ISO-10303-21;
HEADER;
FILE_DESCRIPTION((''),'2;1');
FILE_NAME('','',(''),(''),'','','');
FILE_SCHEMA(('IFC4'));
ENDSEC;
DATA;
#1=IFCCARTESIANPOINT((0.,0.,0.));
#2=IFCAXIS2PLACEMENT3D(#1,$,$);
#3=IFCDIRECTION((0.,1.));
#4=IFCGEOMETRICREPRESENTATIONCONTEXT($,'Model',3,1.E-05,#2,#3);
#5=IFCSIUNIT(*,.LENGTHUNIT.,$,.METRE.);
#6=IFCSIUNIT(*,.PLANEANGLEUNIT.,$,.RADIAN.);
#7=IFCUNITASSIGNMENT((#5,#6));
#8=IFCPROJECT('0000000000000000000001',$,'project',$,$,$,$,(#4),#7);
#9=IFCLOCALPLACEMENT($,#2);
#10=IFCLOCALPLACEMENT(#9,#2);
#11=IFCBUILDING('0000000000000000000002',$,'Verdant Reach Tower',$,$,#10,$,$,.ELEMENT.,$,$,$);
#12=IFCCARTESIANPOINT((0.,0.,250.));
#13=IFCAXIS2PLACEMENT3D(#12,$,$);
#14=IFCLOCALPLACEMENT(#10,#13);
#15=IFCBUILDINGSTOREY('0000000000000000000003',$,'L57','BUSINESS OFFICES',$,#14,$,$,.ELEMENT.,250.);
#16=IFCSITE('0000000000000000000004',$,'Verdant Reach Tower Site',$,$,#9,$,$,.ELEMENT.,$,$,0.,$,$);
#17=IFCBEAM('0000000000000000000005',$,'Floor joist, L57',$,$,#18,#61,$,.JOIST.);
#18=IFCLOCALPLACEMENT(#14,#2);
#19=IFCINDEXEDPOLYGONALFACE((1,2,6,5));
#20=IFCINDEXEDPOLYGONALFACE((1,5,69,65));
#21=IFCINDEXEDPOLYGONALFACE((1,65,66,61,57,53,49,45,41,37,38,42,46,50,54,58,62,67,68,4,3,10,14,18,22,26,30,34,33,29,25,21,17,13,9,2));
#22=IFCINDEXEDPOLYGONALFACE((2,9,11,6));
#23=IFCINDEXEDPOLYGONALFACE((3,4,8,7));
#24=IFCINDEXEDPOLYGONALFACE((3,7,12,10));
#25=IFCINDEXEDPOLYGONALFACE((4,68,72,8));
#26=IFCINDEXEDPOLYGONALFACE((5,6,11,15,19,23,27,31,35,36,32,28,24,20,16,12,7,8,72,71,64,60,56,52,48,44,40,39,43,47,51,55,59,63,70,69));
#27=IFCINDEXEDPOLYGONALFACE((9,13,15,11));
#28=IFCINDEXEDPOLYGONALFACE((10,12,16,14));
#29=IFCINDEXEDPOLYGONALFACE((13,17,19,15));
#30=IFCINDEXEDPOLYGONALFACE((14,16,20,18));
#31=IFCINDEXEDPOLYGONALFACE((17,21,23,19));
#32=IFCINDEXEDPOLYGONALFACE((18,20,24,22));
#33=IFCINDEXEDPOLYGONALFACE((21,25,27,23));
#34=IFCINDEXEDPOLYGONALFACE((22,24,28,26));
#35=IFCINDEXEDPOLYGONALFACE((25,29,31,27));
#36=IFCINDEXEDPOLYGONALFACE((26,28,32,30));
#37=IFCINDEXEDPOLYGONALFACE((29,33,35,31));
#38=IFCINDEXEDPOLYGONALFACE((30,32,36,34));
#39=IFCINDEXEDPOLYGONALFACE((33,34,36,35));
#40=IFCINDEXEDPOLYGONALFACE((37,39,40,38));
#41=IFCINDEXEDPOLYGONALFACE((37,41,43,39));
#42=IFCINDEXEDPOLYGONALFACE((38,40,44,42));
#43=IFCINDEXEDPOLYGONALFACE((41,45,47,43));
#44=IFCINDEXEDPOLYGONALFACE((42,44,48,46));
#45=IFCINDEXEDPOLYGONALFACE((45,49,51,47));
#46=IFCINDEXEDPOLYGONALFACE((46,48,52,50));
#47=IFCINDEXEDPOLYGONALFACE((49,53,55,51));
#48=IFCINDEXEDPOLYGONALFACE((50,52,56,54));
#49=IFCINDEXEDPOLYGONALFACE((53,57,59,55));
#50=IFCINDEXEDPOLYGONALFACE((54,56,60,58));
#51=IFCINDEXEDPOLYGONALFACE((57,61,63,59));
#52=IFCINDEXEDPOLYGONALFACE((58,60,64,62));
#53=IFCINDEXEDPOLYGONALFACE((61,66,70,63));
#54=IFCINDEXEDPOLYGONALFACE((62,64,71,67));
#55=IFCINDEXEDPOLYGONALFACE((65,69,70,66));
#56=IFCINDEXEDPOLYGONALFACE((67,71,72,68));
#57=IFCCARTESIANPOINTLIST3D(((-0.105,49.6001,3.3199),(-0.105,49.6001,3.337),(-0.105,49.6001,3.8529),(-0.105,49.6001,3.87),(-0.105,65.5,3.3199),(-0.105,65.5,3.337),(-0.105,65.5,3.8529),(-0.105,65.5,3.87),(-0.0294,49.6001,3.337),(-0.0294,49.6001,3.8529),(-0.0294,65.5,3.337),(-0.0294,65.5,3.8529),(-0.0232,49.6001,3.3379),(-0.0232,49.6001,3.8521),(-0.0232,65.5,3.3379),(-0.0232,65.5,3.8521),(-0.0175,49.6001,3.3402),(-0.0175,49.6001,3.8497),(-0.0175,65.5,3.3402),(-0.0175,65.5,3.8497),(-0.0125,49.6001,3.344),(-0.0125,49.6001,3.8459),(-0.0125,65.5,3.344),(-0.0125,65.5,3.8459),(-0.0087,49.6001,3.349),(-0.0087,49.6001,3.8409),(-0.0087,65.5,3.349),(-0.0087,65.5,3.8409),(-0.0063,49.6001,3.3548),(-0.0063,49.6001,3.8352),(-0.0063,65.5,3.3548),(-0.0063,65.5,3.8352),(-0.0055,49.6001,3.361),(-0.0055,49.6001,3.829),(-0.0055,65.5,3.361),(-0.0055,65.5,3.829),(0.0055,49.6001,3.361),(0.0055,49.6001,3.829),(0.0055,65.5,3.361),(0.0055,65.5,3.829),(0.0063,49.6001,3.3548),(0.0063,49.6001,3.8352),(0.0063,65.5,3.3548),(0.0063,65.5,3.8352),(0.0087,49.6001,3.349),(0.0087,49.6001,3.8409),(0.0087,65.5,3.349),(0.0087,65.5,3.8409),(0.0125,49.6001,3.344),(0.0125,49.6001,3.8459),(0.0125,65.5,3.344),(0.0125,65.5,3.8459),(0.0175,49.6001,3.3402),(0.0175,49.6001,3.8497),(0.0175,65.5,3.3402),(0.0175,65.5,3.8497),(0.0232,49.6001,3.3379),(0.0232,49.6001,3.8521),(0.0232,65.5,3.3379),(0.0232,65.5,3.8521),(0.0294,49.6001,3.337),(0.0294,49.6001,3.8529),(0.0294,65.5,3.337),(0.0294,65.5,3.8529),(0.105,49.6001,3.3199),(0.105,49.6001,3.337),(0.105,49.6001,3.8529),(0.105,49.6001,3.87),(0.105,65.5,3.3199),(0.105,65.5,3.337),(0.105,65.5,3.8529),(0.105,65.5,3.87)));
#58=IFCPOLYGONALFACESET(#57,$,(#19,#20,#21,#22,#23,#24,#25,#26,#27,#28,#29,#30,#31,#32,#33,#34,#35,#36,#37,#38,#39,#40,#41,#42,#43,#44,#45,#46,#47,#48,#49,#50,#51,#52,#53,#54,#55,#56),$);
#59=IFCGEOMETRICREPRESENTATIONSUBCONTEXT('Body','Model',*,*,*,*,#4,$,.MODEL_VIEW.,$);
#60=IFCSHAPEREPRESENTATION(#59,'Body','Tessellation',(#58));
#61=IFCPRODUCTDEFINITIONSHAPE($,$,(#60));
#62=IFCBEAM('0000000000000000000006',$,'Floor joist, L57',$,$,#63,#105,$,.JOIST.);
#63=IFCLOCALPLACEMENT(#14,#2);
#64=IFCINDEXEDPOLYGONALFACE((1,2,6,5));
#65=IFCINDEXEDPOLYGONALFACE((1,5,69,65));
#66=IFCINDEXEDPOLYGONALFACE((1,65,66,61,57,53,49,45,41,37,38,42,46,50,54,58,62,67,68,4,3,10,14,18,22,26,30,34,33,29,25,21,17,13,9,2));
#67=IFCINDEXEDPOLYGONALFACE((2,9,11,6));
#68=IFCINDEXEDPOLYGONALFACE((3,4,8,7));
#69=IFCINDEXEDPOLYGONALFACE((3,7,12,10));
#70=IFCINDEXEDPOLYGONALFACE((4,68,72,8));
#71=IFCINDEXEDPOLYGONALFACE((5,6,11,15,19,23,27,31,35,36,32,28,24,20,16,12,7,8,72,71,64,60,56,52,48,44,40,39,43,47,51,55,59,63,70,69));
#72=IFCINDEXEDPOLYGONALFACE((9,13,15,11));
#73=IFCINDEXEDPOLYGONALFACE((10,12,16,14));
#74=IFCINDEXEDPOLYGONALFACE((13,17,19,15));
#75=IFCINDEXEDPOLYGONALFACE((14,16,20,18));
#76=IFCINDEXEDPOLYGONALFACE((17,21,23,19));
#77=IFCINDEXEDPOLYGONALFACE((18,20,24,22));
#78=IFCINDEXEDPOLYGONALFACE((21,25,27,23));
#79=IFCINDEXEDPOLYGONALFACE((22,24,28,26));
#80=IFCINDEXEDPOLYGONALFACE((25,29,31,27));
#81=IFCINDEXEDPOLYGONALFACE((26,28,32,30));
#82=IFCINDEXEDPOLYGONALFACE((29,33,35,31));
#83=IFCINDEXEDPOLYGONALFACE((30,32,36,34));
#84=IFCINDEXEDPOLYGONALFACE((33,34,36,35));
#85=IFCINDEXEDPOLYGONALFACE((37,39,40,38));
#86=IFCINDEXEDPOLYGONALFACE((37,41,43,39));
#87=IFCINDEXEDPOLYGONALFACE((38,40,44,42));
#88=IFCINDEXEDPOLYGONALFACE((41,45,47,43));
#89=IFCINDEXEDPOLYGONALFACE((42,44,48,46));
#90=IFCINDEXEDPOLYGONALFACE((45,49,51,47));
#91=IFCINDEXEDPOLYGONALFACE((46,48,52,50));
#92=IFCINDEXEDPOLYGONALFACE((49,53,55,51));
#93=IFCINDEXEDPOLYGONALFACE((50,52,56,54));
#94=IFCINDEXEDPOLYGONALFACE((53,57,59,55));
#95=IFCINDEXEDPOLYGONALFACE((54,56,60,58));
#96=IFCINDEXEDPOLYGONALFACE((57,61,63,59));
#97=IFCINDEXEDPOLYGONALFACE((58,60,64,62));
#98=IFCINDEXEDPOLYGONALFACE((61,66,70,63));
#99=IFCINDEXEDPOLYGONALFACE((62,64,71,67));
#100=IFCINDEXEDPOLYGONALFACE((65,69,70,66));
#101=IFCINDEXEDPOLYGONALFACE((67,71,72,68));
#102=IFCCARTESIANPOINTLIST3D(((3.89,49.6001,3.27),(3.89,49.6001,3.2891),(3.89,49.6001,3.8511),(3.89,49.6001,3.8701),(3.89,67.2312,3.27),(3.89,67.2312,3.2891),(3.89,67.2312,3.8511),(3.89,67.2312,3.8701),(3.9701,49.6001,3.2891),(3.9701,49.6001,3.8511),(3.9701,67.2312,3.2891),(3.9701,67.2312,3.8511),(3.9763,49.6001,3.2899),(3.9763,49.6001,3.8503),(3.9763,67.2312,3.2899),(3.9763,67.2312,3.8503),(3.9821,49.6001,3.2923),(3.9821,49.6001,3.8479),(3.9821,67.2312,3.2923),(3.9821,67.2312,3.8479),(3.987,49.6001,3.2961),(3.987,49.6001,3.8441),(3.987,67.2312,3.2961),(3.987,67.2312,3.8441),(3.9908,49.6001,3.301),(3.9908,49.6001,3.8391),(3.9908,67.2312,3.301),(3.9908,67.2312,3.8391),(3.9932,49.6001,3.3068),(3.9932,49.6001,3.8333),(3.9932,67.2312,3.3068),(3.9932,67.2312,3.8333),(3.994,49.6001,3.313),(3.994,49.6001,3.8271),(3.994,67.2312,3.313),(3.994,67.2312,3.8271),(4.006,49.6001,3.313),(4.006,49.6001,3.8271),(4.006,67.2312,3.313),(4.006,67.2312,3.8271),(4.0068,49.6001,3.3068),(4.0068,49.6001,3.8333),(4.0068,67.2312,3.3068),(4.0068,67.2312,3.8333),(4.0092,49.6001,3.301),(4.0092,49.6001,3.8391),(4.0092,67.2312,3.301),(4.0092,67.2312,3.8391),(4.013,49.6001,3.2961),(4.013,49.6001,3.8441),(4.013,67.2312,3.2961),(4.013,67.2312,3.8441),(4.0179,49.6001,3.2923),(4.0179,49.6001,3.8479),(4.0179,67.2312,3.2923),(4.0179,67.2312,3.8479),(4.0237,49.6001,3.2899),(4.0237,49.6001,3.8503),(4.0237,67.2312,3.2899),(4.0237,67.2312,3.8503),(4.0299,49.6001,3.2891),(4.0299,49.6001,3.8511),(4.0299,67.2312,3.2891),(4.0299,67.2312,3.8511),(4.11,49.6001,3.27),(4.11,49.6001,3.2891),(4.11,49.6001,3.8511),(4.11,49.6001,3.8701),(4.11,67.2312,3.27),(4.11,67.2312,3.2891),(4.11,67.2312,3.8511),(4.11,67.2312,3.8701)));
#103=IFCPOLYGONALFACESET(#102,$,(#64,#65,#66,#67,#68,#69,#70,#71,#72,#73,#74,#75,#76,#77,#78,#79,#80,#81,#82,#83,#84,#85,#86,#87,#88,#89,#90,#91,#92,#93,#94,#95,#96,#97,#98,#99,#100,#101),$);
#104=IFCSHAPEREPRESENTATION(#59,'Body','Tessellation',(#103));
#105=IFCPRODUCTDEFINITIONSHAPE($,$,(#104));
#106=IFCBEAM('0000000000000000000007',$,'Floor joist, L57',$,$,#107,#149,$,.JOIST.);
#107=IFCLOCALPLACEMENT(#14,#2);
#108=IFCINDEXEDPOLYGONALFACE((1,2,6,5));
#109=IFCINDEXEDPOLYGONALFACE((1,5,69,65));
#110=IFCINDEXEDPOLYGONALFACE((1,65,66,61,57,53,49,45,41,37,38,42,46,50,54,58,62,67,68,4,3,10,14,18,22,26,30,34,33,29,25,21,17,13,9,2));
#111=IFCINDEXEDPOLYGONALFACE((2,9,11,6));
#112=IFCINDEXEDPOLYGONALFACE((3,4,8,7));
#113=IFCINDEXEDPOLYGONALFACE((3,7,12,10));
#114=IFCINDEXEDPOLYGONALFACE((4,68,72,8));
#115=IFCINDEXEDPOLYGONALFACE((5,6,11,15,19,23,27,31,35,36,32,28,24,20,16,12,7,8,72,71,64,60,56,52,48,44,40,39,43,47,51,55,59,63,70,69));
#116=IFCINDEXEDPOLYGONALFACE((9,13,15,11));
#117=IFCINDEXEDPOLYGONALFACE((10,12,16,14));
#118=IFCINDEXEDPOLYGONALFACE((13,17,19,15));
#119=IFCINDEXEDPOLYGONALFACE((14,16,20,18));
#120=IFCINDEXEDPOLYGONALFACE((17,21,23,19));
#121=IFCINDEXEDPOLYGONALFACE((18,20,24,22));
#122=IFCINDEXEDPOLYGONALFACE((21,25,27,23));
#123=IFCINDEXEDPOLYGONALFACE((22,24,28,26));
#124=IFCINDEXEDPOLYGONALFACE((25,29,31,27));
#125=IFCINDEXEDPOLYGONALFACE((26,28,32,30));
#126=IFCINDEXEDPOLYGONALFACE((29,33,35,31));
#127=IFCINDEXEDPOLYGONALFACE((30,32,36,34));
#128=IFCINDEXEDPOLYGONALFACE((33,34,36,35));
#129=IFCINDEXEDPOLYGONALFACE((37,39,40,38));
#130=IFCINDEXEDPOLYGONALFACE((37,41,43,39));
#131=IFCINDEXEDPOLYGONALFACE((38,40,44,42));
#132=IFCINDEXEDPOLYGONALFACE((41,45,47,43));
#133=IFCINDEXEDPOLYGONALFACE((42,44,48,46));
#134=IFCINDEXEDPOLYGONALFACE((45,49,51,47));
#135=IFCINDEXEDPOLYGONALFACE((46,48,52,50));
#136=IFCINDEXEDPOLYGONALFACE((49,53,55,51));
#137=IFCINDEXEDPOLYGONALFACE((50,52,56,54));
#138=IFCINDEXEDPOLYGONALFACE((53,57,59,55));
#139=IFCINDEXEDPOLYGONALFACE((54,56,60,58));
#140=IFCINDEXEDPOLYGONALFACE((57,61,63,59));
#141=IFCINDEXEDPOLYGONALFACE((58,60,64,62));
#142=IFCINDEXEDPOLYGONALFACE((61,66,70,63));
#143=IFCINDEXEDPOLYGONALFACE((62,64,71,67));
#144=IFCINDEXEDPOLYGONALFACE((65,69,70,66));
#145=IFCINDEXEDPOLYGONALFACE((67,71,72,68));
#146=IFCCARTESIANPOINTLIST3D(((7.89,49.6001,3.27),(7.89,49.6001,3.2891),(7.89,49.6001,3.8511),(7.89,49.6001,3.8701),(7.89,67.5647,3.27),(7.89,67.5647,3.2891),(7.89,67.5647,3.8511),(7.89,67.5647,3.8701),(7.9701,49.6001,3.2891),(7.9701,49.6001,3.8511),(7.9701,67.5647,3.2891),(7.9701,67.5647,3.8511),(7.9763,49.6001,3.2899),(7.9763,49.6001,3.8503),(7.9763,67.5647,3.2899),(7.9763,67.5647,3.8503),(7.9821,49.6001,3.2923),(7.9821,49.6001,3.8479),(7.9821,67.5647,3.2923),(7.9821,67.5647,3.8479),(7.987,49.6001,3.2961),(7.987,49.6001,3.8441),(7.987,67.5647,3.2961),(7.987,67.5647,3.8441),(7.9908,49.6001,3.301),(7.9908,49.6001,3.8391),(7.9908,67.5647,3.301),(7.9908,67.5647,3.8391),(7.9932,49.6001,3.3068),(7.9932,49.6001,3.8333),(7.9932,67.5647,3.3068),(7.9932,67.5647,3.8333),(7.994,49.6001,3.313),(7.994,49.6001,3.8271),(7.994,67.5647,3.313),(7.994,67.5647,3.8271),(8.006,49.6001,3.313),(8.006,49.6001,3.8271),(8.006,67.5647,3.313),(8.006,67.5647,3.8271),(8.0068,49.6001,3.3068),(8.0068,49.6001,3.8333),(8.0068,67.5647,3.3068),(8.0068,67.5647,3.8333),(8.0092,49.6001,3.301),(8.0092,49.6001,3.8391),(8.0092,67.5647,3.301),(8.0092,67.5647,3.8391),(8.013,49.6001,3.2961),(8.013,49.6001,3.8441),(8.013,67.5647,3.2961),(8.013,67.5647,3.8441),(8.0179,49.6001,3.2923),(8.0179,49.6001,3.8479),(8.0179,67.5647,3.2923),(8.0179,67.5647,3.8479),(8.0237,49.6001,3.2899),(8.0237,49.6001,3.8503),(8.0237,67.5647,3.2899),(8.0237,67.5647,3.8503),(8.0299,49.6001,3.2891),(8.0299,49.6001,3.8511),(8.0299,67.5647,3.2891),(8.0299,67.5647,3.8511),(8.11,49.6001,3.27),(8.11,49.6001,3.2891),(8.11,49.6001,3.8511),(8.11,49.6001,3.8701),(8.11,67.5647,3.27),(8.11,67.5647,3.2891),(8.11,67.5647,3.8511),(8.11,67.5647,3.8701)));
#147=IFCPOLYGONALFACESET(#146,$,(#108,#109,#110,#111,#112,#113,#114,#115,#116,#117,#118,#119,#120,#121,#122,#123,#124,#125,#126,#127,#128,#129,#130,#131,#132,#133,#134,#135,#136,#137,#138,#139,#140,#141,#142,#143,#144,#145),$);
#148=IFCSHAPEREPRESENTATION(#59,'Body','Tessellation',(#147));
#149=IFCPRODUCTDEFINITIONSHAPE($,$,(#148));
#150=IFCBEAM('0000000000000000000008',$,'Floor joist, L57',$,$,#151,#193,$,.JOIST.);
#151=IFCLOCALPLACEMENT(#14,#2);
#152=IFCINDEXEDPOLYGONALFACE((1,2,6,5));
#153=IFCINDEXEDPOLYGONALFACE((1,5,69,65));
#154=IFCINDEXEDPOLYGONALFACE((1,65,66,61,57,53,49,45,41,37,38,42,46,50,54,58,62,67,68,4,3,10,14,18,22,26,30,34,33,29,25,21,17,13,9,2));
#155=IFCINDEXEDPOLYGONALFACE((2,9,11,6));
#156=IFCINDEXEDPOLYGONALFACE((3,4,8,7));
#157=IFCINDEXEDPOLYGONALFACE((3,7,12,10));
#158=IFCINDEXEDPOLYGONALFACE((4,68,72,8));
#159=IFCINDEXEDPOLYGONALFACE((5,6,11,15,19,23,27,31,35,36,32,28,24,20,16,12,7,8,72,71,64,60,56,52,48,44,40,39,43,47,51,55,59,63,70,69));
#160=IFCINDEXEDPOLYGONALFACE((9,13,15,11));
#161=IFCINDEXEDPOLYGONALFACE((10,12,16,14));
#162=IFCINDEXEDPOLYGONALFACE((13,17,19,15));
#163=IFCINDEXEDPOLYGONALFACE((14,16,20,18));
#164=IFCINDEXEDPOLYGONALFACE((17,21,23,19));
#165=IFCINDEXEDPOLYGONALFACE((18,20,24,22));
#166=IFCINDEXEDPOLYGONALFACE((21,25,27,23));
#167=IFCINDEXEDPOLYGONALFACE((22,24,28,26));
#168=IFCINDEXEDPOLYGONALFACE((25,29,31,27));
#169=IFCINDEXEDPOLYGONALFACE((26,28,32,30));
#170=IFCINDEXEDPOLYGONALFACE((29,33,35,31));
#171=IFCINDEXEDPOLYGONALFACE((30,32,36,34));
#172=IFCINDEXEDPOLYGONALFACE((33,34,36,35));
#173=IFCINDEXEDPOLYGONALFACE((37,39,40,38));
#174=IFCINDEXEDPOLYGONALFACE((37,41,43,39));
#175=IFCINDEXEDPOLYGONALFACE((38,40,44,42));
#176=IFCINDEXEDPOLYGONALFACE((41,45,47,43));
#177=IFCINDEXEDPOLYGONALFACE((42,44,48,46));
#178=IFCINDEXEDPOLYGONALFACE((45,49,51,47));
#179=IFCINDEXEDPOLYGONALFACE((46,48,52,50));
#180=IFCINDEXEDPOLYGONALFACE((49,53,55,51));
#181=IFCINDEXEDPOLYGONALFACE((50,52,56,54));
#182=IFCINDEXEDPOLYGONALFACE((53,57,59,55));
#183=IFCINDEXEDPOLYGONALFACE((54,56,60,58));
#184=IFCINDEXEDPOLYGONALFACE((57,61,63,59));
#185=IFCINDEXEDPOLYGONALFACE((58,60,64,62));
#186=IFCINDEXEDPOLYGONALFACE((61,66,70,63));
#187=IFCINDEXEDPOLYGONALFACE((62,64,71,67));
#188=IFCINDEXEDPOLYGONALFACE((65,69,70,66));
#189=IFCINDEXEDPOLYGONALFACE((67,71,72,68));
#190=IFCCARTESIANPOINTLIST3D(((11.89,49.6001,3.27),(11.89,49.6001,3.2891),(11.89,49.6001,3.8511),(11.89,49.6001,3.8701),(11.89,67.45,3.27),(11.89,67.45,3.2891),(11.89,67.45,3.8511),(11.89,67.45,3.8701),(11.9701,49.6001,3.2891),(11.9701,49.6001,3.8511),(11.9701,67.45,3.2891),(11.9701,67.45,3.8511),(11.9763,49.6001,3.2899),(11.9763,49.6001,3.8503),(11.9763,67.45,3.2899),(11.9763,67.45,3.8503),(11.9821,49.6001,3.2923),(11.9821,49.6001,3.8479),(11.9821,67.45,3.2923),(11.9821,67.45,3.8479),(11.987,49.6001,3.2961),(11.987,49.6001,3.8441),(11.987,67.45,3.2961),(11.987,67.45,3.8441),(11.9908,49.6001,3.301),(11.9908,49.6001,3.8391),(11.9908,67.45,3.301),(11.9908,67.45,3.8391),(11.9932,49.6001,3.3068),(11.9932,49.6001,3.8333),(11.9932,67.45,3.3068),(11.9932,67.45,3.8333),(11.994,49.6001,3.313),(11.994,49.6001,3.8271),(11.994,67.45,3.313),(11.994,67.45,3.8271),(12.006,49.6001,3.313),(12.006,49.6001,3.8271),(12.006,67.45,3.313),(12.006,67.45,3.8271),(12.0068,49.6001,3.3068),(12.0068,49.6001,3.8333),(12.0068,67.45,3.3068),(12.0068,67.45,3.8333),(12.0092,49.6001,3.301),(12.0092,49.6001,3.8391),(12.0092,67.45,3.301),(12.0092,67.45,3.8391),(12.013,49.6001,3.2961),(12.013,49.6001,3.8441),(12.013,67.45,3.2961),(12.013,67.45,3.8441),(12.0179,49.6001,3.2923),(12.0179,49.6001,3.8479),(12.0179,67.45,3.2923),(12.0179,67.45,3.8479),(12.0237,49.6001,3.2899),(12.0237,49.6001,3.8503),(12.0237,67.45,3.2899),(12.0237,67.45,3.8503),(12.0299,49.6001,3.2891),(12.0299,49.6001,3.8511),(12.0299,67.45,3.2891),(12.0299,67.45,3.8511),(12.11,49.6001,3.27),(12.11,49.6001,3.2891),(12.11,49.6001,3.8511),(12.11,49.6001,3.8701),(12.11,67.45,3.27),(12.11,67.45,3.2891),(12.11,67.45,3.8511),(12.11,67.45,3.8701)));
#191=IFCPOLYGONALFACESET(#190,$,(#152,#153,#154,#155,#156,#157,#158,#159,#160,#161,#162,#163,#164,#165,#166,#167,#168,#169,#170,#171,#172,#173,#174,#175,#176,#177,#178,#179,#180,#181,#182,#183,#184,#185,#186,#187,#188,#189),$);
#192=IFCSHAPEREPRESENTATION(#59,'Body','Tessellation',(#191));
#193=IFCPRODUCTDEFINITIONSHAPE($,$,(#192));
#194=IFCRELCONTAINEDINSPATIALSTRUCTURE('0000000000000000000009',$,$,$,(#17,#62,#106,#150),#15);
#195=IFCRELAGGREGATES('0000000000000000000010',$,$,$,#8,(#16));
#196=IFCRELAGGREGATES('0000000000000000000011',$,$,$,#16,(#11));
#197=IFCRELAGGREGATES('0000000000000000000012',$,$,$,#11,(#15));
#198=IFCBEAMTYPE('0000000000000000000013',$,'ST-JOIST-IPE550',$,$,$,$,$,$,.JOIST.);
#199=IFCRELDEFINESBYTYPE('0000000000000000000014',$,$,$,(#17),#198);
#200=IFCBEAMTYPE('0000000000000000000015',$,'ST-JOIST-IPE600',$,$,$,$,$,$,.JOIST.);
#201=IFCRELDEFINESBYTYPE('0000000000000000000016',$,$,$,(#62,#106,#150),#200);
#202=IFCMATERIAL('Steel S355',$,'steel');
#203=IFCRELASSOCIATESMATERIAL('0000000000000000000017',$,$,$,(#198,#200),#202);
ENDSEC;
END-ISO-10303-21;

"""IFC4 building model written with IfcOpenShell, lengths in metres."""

from ifc_helpers import new_model, si_unit, direction, frame, origin, origin_2d, place, context, subcontext, project, spatial, i_section, extrude, material, material_profile, profile_set, type_object, element, save


model = new_model("IFC4")

# Units and contexts
model_context = context("Model", 3, precision=1e-05, world=origin(), true_north=direction((0.0, 1.0)))
body_context = subcontext(model_context, "Body", "Model", "MODEL_VIEW")
ifc_project = project(units=[si_unit("LENGTHUNIT", "METRE"), si_unit("PLANEANGLEUNIT", "RADIAN")], contexts=[model_context])

# Site, building, storey
site_placement = place(None, origin())
site = spatial("IfcSite", under=ifc_project, at=site_placement, Name="Verdant Reach Tower Site", CompositionType="ELEMENT", RefElevation=0.0)
building_placement = place(site_placement, origin())
building = spatial("IfcBuilding", under=site, at=building_placement, Name="Verdant Reach Tower", CompositionType="ELEMENT")
storey_placement = place(building_placement, frame((0.0, 0.0, 250.0)))
storey = spatial("IfcBuildingStorey", under=building, at=storey_placement, Name="L57", Description="BUSINESS OFFICES", CompositionType="ELEMENT", Elevation=250.0)

# Beams
ifc_material_1 = material(Name="Steel S355", Category="steel")
ifc_material_profile_1 = material_profile(ifc_material_1, i_section(OverallWidth=0.21, OverallDepth=0.55, WebThickness=0.011, FlangeThickness=0.0171, FilletRadius=0.0239, at=origin_2d()), Name="IPE 550")
ifc_profile_set_1 = profile_set([ifc_material_profile_1], Name="Steel S355")
beam_type_1 = type_object("IfcBeamType", Name="ST-JOIST-IPE550", PredefinedType="JOIST", material=ifc_profile_set_1)
beam_1_placement = place(storey_placement, frame((0.0, 49.6001, 3.595), z_axis=(0.0, 1.0, 0.0), x_axis=(-1.0, 0.0, 0.0)))
element("IfcBeam", 1, at=beam_1_placement, inside=storey, type_object=beam_type_1, Name="Floor joist, L57", PredefinedType="JOIST", context=body_context, shape_type="SweptSolid", body=[
    extrude(i_section(OverallWidth=0.21, OverallDepth=0.55, WebThickness=0.011, FlangeThickness=0.0171, FilletRadius=0.0239, at=origin_2d()), origin(), (0.0, 0.0, 1.0), 15.8999),
])
ifc_material_profile_2 = material_profile(ifc_material_1, i_section(OverallWidth=0.22, OverallDepth=0.6001, WebThickness=0.012, FlangeThickness=0.019, FilletRadius=0.0239, at=origin_2d()), Name="IPE 600")
ifc_profile_set_2 = profile_set([ifc_material_profile_2], Name="Steel S355")
beam_type_2 = type_object("IfcBeamType", Name="ST-JOIST-IPE600", PredefinedType="JOIST", material=ifc_profile_set_2)
beam_2_placement = place(storey_placement, frame((4.0, 49.6001, 3.5701), z_axis=(0.0, 1.0, 0.0), x_axis=(-1.0, 0.0, 0.0)))
element("IfcBeam", 2, at=beam_2_placement, inside=storey, type_object=beam_type_2, Name="Floor joist, L57", PredefinedType="JOIST", context=body_context, shape_type="SweptSolid", body=[
    extrude(i_section(OverallWidth=0.22, OverallDepth=0.6001, WebThickness=0.012, FlangeThickness=0.019, FilletRadius=0.0239, at=origin_2d()), origin(), (0.0, 0.0, 1.0), 17.6311),
])
beam_3_placement = place(storey_placement, frame((8.0, 49.6001, 3.5701), z_axis=(0.0, 1.0, 0.0), x_axis=(-1.0, 0.0, 0.0)))
element("IfcBeam", 3, at=beam_3_placement, inside=storey, type_object=beam_type_2, Name="Floor joist, L57", PredefinedType="JOIST", context=body_context, shape_type="SweptSolid", body=[
    extrude(i_section(OverallWidth=0.22, OverallDepth=0.6001, WebThickness=0.012, FlangeThickness=0.019, FilletRadius=0.0239, at=origin_2d()), origin(), (0.0, 0.0, 1.0), 17.9646),
])
beam_4_placement = place(storey_placement, frame((12.0, 49.6001, 3.5701), z_axis=(0.0, 1.0, 0.0), x_axis=(-1.0, 0.0, 0.0)))
element("IfcBeam", 4, at=beam_4_placement, inside=storey, type_object=beam_type_2, Name="Floor joist, L57", PredefinedType="JOIST", context=body_context, shape_type="SweptSolid", body=[
    extrude(i_section(OverallWidth=0.22, OverallDepth=0.6001, WebThickness=0.012, FlangeThickness=0.019, FilletRadius=0.0239, at=origin_2d()), origin(), (0.0, 0.0, 1.0), 17.8499),
])

save(model, "model.ifc")
